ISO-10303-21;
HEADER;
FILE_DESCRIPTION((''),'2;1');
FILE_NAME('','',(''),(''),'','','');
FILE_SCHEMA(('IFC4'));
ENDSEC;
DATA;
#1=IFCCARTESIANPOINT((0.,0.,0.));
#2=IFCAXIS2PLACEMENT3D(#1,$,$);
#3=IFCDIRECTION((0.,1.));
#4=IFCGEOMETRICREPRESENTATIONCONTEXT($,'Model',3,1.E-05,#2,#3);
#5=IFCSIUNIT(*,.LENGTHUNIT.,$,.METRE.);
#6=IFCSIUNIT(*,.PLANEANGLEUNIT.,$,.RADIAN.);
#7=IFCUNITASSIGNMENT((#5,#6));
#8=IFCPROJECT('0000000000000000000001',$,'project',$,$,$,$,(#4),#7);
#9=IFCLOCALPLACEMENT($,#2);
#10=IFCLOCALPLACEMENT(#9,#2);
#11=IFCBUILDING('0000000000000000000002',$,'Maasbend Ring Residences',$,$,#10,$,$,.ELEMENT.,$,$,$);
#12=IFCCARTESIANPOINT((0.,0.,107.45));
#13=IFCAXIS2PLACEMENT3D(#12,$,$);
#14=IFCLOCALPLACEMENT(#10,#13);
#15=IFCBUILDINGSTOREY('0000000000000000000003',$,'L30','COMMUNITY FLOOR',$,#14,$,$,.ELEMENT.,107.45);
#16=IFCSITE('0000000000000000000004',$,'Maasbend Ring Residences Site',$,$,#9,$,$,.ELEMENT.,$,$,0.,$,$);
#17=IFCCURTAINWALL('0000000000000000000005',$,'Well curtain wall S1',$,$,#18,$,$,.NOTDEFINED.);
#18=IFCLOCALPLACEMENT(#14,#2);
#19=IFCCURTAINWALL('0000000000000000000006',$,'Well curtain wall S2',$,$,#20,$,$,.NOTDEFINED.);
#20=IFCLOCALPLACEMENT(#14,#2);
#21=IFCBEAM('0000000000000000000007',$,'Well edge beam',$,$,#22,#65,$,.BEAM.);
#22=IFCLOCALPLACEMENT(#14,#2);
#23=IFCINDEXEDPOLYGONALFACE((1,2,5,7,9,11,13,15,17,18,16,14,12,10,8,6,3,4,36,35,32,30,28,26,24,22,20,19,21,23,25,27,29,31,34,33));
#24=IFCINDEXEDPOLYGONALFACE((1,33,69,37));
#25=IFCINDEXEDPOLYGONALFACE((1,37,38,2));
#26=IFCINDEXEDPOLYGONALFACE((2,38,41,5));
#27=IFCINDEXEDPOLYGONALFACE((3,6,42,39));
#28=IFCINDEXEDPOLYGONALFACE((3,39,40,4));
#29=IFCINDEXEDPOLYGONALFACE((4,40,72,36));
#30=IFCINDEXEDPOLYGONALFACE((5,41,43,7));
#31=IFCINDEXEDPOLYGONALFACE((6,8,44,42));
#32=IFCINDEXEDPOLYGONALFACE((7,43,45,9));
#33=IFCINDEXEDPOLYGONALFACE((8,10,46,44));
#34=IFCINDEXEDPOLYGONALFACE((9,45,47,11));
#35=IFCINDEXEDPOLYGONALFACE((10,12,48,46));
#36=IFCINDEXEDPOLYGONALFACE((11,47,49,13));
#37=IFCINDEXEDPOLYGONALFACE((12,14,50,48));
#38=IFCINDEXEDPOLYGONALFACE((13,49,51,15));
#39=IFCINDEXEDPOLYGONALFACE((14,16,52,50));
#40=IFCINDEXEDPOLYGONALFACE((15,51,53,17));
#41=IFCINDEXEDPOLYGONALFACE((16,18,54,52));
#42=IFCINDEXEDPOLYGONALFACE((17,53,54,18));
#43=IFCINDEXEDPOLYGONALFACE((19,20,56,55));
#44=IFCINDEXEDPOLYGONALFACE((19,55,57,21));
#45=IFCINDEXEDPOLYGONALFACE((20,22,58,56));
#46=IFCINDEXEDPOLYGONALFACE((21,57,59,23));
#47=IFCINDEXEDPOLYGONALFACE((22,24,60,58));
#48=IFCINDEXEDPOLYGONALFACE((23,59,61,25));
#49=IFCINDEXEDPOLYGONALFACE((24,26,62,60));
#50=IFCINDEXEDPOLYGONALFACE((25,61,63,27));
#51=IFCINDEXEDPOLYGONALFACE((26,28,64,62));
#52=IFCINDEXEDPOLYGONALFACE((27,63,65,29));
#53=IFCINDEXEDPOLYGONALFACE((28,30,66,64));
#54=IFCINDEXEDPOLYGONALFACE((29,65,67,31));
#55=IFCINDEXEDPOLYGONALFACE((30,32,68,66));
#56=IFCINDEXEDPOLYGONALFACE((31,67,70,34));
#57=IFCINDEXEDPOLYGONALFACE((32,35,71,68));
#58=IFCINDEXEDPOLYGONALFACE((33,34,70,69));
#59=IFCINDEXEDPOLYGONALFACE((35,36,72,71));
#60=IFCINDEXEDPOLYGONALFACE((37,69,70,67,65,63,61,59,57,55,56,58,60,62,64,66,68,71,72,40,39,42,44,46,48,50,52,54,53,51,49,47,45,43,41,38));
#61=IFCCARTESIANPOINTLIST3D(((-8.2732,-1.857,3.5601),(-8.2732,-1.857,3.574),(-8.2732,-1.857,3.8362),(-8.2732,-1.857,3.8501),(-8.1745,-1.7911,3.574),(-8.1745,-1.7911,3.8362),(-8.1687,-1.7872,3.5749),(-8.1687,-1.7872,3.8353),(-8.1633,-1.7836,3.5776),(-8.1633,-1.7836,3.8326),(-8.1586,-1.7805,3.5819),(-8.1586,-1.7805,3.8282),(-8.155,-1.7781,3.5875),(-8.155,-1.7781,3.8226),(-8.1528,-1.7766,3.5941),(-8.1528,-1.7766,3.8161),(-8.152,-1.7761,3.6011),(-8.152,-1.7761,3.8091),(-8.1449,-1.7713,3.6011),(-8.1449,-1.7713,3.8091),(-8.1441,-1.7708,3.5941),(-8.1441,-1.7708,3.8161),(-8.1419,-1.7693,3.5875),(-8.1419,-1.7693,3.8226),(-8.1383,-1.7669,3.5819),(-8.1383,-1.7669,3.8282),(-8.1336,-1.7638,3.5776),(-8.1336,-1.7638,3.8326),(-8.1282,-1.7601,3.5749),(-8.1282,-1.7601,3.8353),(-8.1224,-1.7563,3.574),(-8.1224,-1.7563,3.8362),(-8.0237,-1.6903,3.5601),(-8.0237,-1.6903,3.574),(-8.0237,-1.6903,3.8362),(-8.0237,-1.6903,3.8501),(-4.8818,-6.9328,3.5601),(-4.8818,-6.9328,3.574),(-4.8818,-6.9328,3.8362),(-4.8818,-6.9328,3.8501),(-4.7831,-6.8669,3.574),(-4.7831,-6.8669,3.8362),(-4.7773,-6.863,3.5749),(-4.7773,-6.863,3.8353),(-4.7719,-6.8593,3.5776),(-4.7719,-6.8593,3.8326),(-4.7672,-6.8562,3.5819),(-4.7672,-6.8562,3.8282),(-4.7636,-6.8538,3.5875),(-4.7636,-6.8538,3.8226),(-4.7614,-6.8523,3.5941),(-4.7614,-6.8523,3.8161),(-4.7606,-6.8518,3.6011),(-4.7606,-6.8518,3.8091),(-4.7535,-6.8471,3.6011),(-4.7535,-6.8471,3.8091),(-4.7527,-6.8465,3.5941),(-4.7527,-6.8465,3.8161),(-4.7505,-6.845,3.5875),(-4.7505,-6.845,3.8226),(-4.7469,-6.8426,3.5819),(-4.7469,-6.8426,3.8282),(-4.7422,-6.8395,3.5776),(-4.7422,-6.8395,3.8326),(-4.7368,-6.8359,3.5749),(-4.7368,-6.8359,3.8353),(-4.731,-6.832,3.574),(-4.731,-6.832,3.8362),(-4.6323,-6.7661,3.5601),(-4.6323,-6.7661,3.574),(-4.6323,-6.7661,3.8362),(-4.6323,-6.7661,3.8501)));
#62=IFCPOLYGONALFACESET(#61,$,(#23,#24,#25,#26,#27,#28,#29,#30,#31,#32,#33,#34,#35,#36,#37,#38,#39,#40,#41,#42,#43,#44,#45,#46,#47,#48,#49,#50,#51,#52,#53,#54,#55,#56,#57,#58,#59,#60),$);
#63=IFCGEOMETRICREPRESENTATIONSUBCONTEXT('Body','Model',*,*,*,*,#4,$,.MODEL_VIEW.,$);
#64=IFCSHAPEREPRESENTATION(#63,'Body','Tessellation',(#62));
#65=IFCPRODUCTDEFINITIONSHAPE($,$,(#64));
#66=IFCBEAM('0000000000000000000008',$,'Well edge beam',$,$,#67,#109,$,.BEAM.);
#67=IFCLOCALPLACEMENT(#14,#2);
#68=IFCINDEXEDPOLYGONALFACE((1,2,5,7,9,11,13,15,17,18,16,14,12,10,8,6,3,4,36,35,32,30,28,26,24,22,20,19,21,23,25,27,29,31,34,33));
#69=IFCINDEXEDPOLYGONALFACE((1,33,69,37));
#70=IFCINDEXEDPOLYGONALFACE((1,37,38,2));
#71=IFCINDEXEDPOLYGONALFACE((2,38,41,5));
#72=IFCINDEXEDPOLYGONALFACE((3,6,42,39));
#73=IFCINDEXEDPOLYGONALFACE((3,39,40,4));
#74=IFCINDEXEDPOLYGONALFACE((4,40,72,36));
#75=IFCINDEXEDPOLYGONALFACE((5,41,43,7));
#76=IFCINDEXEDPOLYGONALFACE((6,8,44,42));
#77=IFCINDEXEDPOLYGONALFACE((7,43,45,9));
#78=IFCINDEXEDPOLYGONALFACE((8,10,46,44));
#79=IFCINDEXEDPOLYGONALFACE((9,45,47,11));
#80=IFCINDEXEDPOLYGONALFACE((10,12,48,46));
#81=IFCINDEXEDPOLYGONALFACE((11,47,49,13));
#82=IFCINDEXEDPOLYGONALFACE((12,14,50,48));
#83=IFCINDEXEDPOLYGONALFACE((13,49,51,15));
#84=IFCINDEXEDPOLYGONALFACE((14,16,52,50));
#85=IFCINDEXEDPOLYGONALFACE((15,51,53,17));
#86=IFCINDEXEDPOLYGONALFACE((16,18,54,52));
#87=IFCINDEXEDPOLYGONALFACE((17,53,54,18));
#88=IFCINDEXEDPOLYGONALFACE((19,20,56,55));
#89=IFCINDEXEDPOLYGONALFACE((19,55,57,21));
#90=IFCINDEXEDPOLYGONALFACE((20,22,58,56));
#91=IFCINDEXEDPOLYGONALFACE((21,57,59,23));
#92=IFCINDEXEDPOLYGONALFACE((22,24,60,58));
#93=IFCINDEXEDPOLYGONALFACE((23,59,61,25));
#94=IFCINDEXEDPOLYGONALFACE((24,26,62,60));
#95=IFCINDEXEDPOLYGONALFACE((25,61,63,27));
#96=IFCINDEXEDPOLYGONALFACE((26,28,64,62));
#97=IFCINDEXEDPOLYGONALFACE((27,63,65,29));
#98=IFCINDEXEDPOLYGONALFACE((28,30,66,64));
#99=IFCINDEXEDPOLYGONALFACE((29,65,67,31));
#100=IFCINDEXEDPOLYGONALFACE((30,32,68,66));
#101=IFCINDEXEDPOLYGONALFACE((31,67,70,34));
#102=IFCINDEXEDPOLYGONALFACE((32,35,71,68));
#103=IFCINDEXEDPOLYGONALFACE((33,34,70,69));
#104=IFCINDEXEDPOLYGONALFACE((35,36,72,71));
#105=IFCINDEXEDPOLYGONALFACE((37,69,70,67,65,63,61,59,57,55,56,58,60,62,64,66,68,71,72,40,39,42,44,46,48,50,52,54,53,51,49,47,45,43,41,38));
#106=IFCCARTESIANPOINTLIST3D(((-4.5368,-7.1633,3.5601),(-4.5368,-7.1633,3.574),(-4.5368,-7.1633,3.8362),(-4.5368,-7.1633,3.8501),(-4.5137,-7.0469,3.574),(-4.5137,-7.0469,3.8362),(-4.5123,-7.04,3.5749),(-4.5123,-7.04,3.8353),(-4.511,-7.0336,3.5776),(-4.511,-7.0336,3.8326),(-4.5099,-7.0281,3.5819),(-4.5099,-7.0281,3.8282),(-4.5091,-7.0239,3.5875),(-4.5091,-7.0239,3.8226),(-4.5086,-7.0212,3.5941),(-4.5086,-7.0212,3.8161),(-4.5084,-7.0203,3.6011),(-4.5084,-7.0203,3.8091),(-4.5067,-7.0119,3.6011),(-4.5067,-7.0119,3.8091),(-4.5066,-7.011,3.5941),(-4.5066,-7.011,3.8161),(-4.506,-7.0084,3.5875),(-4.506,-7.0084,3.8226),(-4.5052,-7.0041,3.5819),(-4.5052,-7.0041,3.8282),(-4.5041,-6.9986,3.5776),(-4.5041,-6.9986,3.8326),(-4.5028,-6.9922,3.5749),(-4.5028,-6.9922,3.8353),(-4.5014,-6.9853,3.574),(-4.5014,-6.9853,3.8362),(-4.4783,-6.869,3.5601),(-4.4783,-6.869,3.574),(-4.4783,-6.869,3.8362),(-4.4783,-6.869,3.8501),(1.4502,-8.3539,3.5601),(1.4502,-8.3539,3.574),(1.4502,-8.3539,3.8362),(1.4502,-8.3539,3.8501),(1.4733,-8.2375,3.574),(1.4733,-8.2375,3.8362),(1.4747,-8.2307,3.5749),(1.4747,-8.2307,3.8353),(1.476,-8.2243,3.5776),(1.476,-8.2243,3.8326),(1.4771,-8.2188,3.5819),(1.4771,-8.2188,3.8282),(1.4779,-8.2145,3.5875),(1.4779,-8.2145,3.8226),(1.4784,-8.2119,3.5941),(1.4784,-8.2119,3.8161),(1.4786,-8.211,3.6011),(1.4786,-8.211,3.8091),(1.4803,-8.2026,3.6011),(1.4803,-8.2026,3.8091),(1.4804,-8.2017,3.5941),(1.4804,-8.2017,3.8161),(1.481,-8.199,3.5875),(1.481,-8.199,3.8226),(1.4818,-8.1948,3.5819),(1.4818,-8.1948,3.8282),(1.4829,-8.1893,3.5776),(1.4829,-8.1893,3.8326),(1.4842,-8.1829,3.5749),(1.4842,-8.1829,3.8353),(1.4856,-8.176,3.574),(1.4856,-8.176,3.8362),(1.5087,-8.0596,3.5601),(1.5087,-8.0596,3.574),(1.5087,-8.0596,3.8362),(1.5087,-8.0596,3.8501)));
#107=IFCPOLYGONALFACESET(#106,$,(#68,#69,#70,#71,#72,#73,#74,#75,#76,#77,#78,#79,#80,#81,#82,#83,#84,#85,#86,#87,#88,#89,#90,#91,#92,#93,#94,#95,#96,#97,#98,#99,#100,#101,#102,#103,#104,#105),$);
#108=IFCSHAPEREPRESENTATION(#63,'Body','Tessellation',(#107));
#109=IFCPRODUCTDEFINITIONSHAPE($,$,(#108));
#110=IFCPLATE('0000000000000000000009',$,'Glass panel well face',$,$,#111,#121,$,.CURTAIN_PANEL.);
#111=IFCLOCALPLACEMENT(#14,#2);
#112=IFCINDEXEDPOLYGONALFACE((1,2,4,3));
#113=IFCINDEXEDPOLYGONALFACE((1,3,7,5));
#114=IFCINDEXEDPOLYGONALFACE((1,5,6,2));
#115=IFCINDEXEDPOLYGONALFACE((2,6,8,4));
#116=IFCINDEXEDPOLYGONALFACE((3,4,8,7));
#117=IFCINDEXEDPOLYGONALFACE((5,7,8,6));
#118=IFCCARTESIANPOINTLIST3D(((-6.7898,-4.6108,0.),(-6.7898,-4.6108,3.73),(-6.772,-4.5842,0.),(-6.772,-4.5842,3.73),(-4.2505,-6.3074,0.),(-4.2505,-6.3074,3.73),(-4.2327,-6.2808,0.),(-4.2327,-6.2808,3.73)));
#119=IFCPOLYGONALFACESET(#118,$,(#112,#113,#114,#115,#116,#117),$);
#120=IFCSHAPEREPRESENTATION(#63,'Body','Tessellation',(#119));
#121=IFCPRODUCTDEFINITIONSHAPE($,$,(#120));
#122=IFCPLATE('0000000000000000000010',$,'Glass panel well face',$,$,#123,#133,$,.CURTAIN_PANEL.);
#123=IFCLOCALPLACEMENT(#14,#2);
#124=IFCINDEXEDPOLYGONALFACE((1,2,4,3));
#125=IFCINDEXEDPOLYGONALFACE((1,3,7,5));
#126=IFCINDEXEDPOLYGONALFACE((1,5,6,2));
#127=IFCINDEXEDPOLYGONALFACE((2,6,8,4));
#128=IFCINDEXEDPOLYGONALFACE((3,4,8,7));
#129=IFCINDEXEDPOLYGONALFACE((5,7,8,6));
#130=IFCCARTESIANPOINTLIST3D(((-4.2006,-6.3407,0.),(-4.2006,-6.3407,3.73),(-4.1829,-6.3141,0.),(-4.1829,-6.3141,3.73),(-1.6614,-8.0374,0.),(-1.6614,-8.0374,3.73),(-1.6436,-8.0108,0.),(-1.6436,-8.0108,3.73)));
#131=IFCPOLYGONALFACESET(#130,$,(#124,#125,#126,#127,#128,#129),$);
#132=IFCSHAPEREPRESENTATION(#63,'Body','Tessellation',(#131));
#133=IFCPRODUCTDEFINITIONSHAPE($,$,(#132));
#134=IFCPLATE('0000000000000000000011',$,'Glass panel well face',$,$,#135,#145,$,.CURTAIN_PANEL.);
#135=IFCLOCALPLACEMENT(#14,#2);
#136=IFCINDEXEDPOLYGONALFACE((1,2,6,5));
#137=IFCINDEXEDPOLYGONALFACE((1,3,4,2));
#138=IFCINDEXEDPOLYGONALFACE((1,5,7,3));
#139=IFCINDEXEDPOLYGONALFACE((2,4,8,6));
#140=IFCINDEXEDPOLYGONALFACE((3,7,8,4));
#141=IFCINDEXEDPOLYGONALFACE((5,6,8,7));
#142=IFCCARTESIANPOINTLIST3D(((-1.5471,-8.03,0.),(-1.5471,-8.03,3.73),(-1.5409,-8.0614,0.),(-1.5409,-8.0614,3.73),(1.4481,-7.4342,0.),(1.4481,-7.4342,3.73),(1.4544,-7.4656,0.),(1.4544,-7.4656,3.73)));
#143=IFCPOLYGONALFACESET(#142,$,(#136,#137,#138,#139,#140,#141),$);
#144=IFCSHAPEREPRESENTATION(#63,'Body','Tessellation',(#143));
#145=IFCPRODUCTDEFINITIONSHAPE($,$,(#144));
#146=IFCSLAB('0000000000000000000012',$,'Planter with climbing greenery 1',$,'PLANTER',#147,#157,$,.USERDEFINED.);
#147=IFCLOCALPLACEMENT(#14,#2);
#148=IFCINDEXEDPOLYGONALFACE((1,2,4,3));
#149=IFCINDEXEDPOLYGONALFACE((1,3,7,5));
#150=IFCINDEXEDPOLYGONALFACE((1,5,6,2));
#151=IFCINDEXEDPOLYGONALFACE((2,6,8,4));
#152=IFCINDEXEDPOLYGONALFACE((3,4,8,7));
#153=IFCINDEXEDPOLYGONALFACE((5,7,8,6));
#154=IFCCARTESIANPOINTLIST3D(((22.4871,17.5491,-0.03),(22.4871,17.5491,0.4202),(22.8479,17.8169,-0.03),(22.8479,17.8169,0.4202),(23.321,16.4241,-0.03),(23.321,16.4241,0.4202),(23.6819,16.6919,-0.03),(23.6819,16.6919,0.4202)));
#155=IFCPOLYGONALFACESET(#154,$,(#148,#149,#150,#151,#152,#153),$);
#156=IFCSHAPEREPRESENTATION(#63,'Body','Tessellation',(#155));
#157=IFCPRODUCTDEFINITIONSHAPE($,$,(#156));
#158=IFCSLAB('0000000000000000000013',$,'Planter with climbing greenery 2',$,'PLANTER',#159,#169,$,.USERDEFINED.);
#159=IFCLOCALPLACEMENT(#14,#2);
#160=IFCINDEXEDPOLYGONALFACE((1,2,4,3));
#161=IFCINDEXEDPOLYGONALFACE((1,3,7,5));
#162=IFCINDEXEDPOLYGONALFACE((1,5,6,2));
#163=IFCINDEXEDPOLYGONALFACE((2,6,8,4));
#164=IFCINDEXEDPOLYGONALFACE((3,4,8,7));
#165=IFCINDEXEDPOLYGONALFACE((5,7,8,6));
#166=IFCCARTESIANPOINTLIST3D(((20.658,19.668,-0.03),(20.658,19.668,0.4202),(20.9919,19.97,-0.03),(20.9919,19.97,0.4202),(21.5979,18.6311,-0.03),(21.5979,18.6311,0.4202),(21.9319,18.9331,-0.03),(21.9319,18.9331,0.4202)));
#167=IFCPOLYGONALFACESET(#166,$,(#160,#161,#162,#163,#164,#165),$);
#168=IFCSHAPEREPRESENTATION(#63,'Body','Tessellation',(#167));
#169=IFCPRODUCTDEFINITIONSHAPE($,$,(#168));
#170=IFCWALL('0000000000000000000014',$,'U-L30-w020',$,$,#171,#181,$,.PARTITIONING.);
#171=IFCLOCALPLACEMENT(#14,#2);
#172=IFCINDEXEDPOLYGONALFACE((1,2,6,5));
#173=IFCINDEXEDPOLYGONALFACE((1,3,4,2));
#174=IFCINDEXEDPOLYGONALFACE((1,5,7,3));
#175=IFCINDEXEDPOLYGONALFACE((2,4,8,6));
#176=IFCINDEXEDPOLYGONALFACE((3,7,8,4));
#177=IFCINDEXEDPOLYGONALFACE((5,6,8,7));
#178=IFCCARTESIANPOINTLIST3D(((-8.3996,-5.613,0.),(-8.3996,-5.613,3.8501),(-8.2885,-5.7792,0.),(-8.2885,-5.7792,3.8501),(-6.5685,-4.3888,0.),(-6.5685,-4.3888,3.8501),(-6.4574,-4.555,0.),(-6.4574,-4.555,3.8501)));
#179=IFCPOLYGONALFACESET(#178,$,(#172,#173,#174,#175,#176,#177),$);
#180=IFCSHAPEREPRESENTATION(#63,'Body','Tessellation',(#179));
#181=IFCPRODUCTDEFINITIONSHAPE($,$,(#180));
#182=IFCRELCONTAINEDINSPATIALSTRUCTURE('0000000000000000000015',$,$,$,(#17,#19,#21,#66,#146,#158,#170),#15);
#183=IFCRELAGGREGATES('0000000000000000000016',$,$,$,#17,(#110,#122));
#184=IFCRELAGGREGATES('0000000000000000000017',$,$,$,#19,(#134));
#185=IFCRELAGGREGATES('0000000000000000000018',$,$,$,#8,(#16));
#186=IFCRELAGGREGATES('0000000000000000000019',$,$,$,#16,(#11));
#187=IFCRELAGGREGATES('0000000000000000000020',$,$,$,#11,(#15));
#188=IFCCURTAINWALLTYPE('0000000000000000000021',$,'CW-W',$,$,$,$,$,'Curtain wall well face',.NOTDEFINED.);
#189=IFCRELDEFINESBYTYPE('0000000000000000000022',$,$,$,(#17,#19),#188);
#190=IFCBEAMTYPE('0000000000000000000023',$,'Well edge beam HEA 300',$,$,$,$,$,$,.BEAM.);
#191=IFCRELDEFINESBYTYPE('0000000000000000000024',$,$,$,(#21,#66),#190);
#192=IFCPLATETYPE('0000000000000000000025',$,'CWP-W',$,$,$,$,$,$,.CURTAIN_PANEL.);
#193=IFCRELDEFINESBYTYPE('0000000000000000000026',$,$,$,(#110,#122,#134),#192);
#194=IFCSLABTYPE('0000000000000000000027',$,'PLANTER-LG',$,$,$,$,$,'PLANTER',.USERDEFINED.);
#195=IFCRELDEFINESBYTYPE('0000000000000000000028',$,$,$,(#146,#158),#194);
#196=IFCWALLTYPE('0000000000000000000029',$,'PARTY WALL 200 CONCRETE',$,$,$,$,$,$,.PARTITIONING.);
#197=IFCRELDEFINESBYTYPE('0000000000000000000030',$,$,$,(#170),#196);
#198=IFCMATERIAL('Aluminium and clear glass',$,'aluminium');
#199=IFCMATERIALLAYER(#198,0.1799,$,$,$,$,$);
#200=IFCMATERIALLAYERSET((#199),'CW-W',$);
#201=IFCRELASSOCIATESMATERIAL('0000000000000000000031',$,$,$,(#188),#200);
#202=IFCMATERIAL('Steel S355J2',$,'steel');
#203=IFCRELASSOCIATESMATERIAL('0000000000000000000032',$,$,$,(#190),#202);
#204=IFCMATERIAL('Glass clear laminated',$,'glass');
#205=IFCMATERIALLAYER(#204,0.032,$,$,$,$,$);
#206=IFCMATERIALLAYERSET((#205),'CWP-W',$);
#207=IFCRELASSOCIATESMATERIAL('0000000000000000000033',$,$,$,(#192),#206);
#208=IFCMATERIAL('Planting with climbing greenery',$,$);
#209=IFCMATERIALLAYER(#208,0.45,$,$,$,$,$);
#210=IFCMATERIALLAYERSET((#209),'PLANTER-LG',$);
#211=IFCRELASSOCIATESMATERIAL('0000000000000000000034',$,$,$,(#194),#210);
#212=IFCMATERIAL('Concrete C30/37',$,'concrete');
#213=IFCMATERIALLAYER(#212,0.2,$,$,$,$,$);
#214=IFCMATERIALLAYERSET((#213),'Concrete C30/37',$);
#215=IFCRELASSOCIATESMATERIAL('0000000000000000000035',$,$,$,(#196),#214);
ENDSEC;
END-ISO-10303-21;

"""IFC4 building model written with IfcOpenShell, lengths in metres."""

from ifc_helpers import new_model, si_unit, direction, frame, frame_2d, origin, origin_2d, place, context, subcontext, project, spatial, polyline, rectangle, i_section, outline, extrude, material, layer, layer_set, material_profile, profile_set, type_object, element, aggregate, save


model = new_model("IFC4")

# Units and contexts
model_context = context("Model", 3, precision=1e-05, world=origin(), true_north=direction((0.0, 1.0)))
body_context = subcontext(model_context, "Body", "Model", "MODEL_VIEW")
ifc_project = project(units=[si_unit("LENGTHUNIT", "METRE"), si_unit("PLANEANGLEUNIT", "RADIAN")], contexts=[model_context])

# Site, building, storey
site_placement = place(None, origin())
site = spatial("IfcSite", under=ifc_project, at=site_placement, Name="Maasbend Ring Residences Site", CompositionType="ELEMENT", RefElevation=0.0)
building_placement = place(site_placement, origin())
building = spatial("IfcBuilding", under=site, at=building_placement, Name="Maasbend Ring Residences", CompositionType="ELEMENT")
storey_placement = place(building_placement, frame((0.0, 0.0, 107.45)))
storey = spatial("IfcBuildingStorey", under=building, at=storey_placement, Name="L30", Description="COMMUNITY FLOOR", CompositionType="ELEMENT", Elevation=107.45)

# Curtain wall
ifc_material_1 = material(Name="Aluminium and clear glass", Category="aluminium")
ifc_layer_1 = layer(ifc_material_1, 0.1799)
ifc_layer_set_1 = layer_set([ifc_layer_1], Name="CW-W")
curtain_wall_type = type_object("IfcCurtainWallType", Name="CW-W", ElementType="Curtain wall well face", PredefinedType="NOTDEFINED", material=ifc_layer_set_1)
curtain_wall_1_placement = place(storey_placement, origin())
curtain_wall_1 = element("IfcCurtainWall", 1, at=curtain_wall_1_placement, inside=storey, type_object=curtain_wall_type, Name="Well curtain wall S1", PredefinedType="NOTDEFINED")

# Curtain wall
curtain_wall_2_placement = place(storey_placement, origin())
curtain_wall_2 = element("IfcCurtainWall", 2, at=curtain_wall_2_placement, inside=storey, type_object=curtain_wall_type, Name="Well curtain wall S2", PredefinedType="NOTDEFINED")

# Beams
ifc_material_2 = material(Name="Steel S355J2", Category="steel")
ifc_material_profile_1 = material_profile(ifc_material_2, i_section(OverallWidth=0.3, OverallDepth=0.29, WebThickness=0.0085, FlangeThickness=0.0139, FilletRadius=0.0271, at=origin_2d()), Name="HEA 300")
ifc_profile_set_1 = profile_set([ifc_material_profile_1], Name="Steel S355J2")
beam_type = type_object("IfcBeamType", Name="Well edge beam HEA 300", PredefinedType="BEAM", material=ifc_profile_set_1)
beam_1_placement = place(storey_placement, frame((-8.1484, -1.7737, 3.7051), z_axis=(0.555558, -0.831478, 0.0), x_axis=(0.831478, 0.555558, 0.0)))
element("IfcBeam", 3, at=beam_1_placement, inside=storey, type_object=beam_type, Name="Well edge beam", PredefinedType="BEAM", context=body_context, shape_type="SweptSolid", body=[
    extrude(i_section(OverallWidth=0.3, OverallDepth=0.29, WebThickness=0.0085, FlangeThickness=0.0139, FilletRadius=0.0271, at=origin_2d()), origin(), (0.0, 0.0, 1.0), 6.1045),
])
beam_2_placement = place(storey_placement, frame((-4.5076, -7.0161, 3.7051), z_axis=(0.980792, -0.195055, 0.0), x_axis=(0.195055, 0.980792, 0.0)))
element("IfcBeam", 4, at=beam_2_placement, inside=storey, type_object=beam_type, Name="Well edge beam", PredefinedType="BEAM", context=body_context, shape_type="SweptSolid", body=[
    extrude(i_section(OverallWidth=0.3, OverallDepth=0.29, WebThickness=0.0085, FlangeThickness=0.0139, FilletRadius=0.0271, at=origin_2d()), origin(), (0.0, 0.0, 1.0), 6.1042),
])

# Plates
ifc_material_3 = material(Name="Glass clear laminated", Category="glass")
ifc_layer_2 = layer(ifc_material_3, 0.032)
ifc_layer_set_2 = layer_set([ifc_layer_2], Name="CWP-W")
plate_type = type_object("IfcPlateType", Name="CWP-W", PredefinedType="CURTAIN_PANEL", material=ifc_layer_set_2)
plate_1_placement = place(storey_placement, frame((-5.5112, -5.4458, 0.0), z_axis=(0.0, 0.0, 1.0), x_axis=(0.83147, -0.55557, 0.0)))
plate_1 = element("IfcPlate", 5, at=plate_1_placement, type_object=plate_type, Name="Glass panel well face", PredefinedType="CURTAIN_PANEL", context=body_context, shape_type="SweptSolid", body=[
    extrude(rectangle(XDim=3.054, YDim=0.032, at=origin_2d()), origin(), (0.0, 0.0, 1.0), 3.73),
])
plate_2_placement = place(storey_placement, frame((-2.9221, -7.1758, 0.0), z_axis=(0.0, 0.0, 1.0), x_axis=(0.83147, -0.55557, 0.0)))
plate_2 = element("IfcPlate", 6, at=plate_2_placement, type_object=plate_type, Name="Glass panel well face", PredefinedType="CURTAIN_PANEL", context=body_context, shape_type="SweptSolid", body=[
    extrude(rectangle(XDim=3.054, YDim=0.032, at=origin_2d()), origin(), (0.0, 0.0, 1.0), 3.73),
])
aggregate(curtain_wall_1, [plate_1, plate_2])
plate_3_placement = place(storey_placement, frame((-0.0464, -7.7478, 0.0), z_axis=(0.0, 0.0, 1.0), x_axis=(0.980785, 0.19509, 0.0)))
plate_3 = element("IfcPlate", 7, at=plate_3_placement, type_object=plate_type, Name="Glass panel well face", PredefinedType="CURTAIN_PANEL", context=body_context, shape_type="SweptSolid", body=[
    extrude(rectangle(XDim=3.054, YDim=0.032, at=origin_2d()), origin(), (0.0, 0.0, 1.0), 3.73),
])
aggregate(curtain_wall_2, [plate_3])

# Slabs
ifc_material_4 = material(Name="Planting with climbing greenery")
ifc_layer_3 = layer(ifc_material_4, 0.45)
ifc_layer_set_3 = layer_set([ifc_layer_3], Name="PLANTER-LG")
slab_type_1 = type_object("IfcSlabType", Name="PLANTER-LG", ElementType="PLANTER", PredefinedType="USERDEFINED", material=ifc_layer_set_3)
slab_1_placement = place(storey_placement, frame((0.0, 0.0, -0.03)))
element("IfcSlab", 8, at=slab_1_placement, inside=storey, type_object=slab_type_1, Name="Planter with climbing greenery 1", ObjectType="PLANTER", PredefinedType="USERDEFINED", context=body_context, shape_type="SweptSolid", body=[
    extrude(outline(polyline([(23.6819, 16.6919), (22.8479, 17.8169), (22.4871, 17.5491), (23.321, 16.4241), (23.6819, 16.6919)])), origin(), (0.0, 0.0, 1.0), 0.4502),
])
slab_2_placement = place(storey_placement, frame((0.0, 0.0, -0.03)))
element("IfcSlab", 9, at=slab_2_placement, inside=storey, type_object=slab_type_1, Name="Planter with climbing greenery 2", ObjectType="PLANTER", PredefinedType="USERDEFINED", context=body_context, shape_type="SweptSolid", body=[
    extrude(outline(polyline([(21.9319, 18.9331), (20.9919, 19.97), (20.658, 19.668), (21.5979, 18.6311), (21.9319, 18.9331)])), origin(), (0.0, 0.0, 1.0), 0.4502),
])

# Wall
ifc_material_5 = material(Name="Concrete C30/37", Category="concrete")
ifc_layer_4 = layer(ifc_material_5, 0.2)
ifc_layer_set_4 = layer_set([ifc_layer_4], Name="Concrete C30/37")
wall_type = type_object("IfcWallType", Name="PARTY WALL 200 CONCRETE", PredefinedType="PARTITIONING", material=ifc_layer_set_4)
wall_placement = place(storey_placement, frame((-6.5129, -4.4719, 0.0), z_axis=(0.0, 0.0, 1.0), x_axis=(-0.831333, -0.555774, 0.0)))
element("IfcWall", 10, at=wall_placement, inside=storey, type_object=wall_type, Name="U-L30-w020", PredefinedType="PARTITIONING", context=body_context, shape_type="SweptSolid", body=[
    extrude(rectangle(XDim=2.2026, YDim=0.2, at=frame_2d((1.1013, 0.0))), origin(), (0.0, 0.0, 1.0), 3.8501),
])

save(model, "model.ifc")
